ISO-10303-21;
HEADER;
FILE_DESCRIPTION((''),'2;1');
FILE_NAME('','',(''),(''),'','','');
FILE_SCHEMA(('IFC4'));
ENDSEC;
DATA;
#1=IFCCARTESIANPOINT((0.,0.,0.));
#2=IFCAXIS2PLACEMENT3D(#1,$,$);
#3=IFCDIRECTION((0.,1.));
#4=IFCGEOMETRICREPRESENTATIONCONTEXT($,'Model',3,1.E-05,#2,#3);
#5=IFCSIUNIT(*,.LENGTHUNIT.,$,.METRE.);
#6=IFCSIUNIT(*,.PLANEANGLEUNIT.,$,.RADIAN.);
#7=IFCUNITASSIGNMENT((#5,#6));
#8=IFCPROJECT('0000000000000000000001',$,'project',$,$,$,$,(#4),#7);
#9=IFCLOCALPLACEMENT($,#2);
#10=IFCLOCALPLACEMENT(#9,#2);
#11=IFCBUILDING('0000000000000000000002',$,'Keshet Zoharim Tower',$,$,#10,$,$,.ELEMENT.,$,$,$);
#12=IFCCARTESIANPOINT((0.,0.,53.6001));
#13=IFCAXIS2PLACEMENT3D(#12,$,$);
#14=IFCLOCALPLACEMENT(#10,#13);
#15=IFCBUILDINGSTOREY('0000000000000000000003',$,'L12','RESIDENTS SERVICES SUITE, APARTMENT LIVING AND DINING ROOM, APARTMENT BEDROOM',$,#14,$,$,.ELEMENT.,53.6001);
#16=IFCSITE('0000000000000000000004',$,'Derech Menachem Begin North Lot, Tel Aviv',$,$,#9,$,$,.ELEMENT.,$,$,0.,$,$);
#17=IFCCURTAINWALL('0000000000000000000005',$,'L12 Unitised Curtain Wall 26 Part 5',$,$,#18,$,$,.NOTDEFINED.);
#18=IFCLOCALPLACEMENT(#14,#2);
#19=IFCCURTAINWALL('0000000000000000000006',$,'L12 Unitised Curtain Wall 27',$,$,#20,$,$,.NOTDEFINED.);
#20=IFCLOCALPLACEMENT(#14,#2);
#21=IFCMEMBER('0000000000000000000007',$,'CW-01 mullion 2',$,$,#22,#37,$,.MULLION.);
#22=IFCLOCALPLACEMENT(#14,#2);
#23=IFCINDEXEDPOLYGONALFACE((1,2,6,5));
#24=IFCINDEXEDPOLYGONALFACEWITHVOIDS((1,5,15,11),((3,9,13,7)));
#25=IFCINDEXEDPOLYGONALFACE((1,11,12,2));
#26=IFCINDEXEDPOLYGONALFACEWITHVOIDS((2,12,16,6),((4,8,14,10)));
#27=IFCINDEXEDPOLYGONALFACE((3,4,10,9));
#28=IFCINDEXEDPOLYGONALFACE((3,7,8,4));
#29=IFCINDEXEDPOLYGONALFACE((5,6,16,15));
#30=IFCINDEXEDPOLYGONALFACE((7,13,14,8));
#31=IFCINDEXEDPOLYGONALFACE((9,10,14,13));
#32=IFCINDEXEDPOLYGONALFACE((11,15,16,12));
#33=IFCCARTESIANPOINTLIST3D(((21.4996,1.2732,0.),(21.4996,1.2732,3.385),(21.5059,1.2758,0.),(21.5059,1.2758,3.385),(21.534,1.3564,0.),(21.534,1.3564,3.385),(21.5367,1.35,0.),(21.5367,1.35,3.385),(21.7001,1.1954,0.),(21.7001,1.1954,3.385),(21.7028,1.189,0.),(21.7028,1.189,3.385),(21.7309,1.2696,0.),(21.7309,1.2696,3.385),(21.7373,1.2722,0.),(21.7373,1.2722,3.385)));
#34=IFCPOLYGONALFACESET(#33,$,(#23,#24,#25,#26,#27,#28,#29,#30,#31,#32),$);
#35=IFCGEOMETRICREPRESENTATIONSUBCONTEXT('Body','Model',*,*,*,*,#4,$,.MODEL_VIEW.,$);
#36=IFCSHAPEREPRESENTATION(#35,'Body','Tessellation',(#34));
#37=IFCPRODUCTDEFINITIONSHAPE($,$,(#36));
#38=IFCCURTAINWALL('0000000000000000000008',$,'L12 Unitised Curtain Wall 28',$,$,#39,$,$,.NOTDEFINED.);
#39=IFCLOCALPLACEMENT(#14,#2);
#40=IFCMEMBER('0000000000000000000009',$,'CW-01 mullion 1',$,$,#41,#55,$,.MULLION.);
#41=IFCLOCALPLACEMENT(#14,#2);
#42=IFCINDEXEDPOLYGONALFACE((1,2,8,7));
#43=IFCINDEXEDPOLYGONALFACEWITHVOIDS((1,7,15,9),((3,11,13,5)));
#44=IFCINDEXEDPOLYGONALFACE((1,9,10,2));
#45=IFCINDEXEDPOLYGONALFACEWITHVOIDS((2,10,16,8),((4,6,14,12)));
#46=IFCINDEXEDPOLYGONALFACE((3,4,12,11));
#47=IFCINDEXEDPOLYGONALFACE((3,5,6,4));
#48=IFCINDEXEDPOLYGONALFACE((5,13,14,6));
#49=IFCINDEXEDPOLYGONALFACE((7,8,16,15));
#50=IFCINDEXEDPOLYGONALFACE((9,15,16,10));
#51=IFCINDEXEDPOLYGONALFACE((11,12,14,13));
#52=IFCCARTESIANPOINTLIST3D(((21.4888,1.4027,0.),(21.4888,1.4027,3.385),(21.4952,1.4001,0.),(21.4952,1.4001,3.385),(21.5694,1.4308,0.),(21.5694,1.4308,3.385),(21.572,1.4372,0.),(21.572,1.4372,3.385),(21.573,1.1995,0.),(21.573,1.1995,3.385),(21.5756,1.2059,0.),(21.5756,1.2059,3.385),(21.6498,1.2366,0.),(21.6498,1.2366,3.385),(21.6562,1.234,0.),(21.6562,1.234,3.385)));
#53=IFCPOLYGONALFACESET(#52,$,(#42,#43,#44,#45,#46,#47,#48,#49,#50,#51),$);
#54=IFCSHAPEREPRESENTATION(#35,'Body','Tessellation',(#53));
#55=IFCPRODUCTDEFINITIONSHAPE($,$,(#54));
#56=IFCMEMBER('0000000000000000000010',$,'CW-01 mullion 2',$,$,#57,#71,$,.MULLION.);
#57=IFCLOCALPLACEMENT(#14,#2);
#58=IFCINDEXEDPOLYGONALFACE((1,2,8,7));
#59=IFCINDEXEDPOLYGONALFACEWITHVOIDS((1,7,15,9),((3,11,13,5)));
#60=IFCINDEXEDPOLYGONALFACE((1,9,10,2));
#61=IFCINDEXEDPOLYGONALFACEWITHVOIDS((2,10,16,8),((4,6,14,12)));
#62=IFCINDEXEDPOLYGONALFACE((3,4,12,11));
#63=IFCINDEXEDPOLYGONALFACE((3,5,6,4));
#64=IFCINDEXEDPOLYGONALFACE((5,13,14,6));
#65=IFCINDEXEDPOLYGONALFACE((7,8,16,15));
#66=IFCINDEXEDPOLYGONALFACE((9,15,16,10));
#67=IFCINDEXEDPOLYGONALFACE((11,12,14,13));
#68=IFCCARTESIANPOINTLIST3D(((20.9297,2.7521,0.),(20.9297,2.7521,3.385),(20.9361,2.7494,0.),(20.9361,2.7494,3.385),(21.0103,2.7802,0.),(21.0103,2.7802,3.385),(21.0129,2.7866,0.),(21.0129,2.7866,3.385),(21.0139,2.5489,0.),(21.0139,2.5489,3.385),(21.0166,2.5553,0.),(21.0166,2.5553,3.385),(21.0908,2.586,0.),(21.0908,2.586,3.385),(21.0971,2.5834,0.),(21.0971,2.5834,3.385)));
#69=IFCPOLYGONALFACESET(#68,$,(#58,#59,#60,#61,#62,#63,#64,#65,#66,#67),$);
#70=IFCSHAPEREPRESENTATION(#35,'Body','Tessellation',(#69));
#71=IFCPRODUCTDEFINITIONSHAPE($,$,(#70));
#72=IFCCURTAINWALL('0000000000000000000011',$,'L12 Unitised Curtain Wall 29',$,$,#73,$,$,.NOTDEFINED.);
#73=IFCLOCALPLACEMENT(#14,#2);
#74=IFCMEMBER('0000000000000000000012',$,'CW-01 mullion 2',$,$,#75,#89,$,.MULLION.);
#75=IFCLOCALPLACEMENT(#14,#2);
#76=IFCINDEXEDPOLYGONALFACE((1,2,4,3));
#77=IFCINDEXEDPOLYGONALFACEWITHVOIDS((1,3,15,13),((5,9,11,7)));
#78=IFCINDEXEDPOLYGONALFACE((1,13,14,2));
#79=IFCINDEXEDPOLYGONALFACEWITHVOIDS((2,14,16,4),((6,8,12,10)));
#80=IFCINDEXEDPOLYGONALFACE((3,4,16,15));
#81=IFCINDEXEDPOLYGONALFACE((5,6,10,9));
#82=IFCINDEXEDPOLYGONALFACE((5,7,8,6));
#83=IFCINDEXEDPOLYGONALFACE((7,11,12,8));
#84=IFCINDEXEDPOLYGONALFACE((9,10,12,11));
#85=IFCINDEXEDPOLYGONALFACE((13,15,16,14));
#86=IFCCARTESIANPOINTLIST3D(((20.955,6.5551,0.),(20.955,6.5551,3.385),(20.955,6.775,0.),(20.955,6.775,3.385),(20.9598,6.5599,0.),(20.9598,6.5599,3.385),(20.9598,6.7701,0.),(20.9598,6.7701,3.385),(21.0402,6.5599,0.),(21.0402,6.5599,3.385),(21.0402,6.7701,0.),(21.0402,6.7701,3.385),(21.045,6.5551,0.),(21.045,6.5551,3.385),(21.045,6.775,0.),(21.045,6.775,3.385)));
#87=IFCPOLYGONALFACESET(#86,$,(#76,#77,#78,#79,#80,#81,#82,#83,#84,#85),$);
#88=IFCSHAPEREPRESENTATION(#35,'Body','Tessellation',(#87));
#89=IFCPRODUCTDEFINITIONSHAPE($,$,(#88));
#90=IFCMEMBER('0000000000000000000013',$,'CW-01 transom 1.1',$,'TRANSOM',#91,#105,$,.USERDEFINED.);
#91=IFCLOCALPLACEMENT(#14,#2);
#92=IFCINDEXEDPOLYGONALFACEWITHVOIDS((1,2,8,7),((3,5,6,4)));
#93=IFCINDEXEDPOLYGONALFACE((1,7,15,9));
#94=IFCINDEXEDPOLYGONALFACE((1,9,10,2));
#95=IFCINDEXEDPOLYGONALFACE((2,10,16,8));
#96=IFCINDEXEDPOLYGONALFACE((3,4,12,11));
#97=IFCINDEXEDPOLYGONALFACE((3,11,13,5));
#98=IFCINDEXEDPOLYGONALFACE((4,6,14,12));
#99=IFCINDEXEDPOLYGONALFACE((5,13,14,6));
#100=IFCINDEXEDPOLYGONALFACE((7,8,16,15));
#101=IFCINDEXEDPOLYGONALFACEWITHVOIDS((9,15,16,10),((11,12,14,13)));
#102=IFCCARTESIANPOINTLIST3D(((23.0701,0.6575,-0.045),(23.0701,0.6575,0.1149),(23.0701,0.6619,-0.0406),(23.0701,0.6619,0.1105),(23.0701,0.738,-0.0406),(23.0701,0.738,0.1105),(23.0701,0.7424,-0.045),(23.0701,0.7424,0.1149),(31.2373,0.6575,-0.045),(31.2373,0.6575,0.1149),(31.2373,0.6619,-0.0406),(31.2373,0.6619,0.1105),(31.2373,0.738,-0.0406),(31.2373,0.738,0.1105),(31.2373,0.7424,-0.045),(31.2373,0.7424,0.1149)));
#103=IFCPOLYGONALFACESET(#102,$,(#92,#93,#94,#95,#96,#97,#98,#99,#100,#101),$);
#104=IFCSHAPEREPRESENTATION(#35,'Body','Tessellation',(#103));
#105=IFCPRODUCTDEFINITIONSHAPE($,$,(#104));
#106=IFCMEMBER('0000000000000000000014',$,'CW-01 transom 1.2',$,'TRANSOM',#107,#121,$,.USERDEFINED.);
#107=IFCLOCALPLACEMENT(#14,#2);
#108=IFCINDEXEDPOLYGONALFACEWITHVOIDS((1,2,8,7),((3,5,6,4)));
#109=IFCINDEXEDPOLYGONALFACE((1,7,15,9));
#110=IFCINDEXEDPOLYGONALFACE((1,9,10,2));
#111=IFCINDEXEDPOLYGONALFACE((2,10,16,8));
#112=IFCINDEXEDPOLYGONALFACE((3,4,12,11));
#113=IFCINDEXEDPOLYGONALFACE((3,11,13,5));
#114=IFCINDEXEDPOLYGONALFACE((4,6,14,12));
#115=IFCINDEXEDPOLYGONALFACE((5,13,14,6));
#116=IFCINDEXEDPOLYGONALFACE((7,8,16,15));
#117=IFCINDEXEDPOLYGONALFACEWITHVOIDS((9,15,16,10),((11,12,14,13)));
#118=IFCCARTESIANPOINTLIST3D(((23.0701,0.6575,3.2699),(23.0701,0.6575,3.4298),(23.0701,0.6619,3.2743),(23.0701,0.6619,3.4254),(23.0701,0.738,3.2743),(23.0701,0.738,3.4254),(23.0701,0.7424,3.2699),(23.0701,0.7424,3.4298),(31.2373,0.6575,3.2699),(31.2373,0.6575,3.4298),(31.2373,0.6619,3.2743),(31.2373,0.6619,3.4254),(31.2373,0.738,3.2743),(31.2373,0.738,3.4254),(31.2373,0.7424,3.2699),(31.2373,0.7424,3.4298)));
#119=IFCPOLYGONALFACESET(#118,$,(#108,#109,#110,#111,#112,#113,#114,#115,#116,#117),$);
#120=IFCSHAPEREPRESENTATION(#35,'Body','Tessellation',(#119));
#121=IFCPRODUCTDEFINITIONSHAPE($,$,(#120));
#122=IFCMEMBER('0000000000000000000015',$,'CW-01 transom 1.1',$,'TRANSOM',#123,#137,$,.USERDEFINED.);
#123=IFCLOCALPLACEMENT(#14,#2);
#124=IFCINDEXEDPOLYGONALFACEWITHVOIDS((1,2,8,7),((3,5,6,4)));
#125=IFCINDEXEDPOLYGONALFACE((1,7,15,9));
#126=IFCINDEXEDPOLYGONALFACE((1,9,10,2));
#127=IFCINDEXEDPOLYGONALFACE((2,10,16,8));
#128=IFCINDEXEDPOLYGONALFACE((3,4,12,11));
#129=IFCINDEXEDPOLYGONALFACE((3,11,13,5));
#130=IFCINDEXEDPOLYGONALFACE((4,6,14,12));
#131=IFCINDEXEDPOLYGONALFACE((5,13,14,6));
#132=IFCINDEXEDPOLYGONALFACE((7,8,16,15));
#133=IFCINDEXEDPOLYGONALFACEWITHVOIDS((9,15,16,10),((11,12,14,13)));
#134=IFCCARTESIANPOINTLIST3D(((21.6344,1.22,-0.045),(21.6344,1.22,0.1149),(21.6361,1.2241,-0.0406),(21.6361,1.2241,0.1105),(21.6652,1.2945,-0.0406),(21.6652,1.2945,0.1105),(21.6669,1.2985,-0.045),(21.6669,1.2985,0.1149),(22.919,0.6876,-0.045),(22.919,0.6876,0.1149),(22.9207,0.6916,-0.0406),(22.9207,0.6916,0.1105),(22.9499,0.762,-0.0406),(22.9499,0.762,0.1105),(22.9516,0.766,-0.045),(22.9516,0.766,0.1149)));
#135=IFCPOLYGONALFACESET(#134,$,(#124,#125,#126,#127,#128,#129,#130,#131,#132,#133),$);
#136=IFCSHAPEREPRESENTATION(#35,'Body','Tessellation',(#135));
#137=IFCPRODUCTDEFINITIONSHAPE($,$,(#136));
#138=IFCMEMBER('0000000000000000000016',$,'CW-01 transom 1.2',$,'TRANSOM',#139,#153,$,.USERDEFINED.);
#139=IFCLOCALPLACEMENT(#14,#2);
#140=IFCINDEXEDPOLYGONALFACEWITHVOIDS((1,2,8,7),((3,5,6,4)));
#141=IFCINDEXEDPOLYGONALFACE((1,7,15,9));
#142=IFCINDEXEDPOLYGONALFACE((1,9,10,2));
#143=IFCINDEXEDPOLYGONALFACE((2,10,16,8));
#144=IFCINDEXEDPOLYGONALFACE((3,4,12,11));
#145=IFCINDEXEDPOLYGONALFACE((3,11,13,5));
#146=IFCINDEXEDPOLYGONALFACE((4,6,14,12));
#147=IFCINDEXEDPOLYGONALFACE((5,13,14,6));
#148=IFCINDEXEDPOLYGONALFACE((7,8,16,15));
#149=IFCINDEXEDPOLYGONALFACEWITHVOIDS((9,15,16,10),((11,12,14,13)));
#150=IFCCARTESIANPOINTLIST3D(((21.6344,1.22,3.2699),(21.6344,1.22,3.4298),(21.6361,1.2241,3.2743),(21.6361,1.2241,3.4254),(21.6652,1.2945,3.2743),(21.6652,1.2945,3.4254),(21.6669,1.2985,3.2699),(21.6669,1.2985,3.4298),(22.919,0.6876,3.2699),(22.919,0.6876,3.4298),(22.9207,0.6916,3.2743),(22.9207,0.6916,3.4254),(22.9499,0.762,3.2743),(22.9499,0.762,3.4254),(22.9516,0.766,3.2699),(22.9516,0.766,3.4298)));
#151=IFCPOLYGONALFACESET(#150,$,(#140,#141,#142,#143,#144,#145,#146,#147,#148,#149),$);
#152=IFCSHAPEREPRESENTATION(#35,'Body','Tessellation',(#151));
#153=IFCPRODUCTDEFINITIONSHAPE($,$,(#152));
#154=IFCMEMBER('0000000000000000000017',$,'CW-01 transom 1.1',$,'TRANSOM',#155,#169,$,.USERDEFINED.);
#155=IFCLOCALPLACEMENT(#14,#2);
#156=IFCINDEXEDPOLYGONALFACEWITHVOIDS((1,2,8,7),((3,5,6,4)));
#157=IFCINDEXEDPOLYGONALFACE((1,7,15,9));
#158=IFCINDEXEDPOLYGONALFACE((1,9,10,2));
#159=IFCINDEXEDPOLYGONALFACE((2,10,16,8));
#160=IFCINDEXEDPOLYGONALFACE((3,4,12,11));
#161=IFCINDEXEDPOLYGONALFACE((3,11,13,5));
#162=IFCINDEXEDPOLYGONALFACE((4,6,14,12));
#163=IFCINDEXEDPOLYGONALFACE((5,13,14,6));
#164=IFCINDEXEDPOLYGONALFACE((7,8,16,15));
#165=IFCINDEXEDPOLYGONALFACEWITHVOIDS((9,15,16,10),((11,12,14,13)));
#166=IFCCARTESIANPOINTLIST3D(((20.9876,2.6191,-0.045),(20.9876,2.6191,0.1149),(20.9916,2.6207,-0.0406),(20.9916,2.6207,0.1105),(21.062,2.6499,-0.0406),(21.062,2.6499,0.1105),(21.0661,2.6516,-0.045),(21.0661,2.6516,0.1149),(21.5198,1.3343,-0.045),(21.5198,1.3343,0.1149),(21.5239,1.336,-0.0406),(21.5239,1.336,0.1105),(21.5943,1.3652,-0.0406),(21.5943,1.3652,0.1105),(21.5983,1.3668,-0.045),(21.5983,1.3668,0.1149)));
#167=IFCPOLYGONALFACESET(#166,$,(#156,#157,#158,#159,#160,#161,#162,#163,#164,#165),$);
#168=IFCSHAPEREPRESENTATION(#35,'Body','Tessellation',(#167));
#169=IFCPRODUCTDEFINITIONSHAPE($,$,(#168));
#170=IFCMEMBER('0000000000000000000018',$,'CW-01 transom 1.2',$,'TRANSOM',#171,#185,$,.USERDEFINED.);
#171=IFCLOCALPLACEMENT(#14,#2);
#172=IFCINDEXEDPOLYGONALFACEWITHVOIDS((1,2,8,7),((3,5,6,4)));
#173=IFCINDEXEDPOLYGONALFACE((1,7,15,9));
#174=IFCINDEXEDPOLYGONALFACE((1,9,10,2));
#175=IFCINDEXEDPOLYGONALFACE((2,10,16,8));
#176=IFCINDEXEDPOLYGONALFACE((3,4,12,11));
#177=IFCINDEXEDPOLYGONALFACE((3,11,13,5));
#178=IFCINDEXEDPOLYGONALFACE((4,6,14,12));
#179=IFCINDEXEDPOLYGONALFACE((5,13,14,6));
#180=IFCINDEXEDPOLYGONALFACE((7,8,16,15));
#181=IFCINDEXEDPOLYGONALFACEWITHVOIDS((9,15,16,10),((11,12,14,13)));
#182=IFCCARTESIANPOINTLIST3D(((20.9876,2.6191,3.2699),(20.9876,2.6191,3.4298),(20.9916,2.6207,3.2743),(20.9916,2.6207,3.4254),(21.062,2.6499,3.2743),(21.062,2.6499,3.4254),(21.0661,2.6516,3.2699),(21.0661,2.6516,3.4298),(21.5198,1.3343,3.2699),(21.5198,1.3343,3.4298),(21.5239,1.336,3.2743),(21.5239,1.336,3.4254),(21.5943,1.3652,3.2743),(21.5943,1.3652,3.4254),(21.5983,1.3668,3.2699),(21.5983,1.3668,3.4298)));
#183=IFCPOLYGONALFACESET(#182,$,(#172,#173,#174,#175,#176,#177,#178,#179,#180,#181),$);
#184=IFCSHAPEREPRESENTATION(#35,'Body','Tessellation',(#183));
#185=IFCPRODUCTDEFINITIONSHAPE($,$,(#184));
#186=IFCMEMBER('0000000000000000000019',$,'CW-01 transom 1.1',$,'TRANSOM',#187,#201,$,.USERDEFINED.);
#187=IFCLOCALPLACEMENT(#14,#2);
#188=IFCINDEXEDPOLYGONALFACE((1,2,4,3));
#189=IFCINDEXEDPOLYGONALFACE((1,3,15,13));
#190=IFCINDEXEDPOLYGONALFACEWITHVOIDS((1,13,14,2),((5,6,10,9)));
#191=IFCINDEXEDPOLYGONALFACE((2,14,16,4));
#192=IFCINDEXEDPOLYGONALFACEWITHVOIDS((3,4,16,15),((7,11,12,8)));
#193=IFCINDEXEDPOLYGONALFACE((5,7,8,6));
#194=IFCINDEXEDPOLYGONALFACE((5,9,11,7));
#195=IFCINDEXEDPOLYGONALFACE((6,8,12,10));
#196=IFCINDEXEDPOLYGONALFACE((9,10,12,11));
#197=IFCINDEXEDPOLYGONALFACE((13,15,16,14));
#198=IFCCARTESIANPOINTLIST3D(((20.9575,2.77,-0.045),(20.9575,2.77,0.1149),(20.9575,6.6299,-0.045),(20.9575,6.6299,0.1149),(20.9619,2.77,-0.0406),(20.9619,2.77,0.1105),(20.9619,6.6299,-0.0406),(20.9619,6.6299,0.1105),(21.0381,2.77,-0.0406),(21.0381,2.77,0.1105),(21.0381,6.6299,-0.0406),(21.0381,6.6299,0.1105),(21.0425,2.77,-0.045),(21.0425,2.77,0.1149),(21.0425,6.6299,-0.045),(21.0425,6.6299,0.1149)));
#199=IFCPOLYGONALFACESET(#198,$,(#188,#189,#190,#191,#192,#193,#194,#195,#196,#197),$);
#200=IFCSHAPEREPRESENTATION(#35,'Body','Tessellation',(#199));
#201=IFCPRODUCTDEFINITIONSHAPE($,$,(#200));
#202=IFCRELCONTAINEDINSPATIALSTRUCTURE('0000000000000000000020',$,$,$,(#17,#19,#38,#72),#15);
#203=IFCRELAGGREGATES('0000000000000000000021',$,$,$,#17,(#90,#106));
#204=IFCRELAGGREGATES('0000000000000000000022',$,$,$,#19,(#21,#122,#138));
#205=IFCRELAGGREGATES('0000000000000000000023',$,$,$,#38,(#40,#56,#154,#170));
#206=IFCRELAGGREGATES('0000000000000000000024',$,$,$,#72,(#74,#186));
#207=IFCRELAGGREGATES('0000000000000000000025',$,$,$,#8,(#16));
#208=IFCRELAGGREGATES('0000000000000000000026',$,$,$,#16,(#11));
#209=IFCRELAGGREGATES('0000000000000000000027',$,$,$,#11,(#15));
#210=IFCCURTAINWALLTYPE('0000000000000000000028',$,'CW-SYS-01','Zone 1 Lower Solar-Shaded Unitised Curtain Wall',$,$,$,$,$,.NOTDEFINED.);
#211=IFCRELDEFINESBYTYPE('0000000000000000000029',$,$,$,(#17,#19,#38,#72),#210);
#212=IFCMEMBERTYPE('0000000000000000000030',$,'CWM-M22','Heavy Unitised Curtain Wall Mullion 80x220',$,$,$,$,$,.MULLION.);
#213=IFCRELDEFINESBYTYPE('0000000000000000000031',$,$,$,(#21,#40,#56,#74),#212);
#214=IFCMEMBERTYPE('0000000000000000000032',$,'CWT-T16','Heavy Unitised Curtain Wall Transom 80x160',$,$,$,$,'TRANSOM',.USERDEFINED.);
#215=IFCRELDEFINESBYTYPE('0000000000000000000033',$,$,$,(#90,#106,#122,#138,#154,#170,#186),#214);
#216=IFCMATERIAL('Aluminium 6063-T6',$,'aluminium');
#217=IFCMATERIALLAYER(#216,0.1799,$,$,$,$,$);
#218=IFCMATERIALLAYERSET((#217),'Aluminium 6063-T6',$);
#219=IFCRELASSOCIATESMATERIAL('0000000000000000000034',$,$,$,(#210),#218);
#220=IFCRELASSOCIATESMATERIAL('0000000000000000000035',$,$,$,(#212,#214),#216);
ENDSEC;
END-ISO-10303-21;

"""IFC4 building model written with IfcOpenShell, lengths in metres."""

from ifc_helpers import new_model, si_unit, direction, frame, origin, origin_2d, place, context, subcontext, project, spatial, hollow_rectangle, extrude, material, layer, layer_set, material_profile, profile_set, type_object, element, aggregate, save


model = new_model("IFC4")

# Units and contexts
model_context = context("Model", 3, precision=1e-05, world=origin(), true_north=direction((0.0, 1.0)))
body_context = subcontext(model_context, "Body", "Model", "MODEL_VIEW")
ifc_project = project(units=[si_unit("LENGTHUNIT", "METRE"), si_unit("PLANEANGLEUNIT", "RADIAN")], contexts=[model_context])

# Site, building, storey
site_placement = place(None, origin())
site = spatial("IfcSite", under=ifc_project, at=site_placement, Name="Derech Menachem Begin North Lot, Tel Aviv", CompositionType="ELEMENT", RefElevation=0.0)
building_placement = place(site_placement, origin())
building = spatial("IfcBuilding", under=site, at=building_placement, Name="Keshet Zoharim Tower", CompositionType="ELEMENT")
storey_placement = place(building_placement, frame((0.0, 0.0, 53.6001)))
storey = spatial("IfcBuildingStorey", under=building, at=storey_placement, Name="L12", Description="RESIDENTS SERVICES SUITE, APARTMENT LIVING AND DINING ROOM, APARTMENT BEDROOM", CompositionType="ELEMENT", Elevation=53.6001)

# Curtain wall
ifc_material_1 = material(Name="Aluminium 6063-T6", Category="aluminium")
ifc_layer_1 = layer(ifc_material_1, 0.1799)
ifc_layer_set_1 = layer_set([ifc_layer_1], Name="Aluminium 6063-T6")
curtain_wall_type = type_object("IfcCurtainWallType", Name="CW-SYS-01", Description="Zone 1 Lower Solar-Shaded Unitised Curtain Wall", PredefinedType="NOTDEFINED", material=ifc_layer_set_1)
ifc_material_profile_1 = material_profile(ifc_material_1, hollow_rectangle(XDim=0.0901, YDim=0.22, WallThickness=0.0049, at=origin_2d()), Name="MUL-90x220")
ifc_profile_set_1 = profile_set([ifc_material_profile_1], Name="Aluminium 6063-T6")
member_type_1 = type_object("IfcMemberType", Name="CWM-M22", Description="Heavy Unitised Curtain Wall Mullion 80x220", PredefinedType="MULLION", material=ifc_profile_set_1)
curtain_wall_1_placement = place(storey_placement, origin())
curtain_wall_1 = element("IfcCurtainWall", 1, at=curtain_wall_1_placement, inside=storey, type_object=curtain_wall_type, Name="L12 Unitised Curtain Wall 26 Part 5", PredefinedType="NOTDEFINED")

# Curtain walls, members
curtain_wall_2_placement = place(storey_placement, origin())
curtain_wall_2 = element("IfcCurtainWall", 2, at=curtain_wall_2_placement, inside=storey, type_object=curtain_wall_type, Name="L12 Unitised Curtain Wall 27", PredefinedType="NOTDEFINED")
member_1_placement = place(storey_placement, frame((21.6184, 1.2727, 0.0), z_axis=(0.0, 0.0, 1.0), x_axis=(-0.382852, -0.92381, 0.0)))
member_1 = element("IfcMember", 3, at=member_1_placement, type_object=member_type_1, Name="CW-01 mullion 2", PredefinedType="MULLION", context=body_context, shape_type="SweptSolid", body=[
    extrude(hollow_rectangle(XDim=0.0901, YDim=0.22, WallThickness=0.0049, at=origin_2d()), origin(), (0.0, 0.0, 1.0), 3.385),
])
curtain_wall_3_placement = place(storey_placement, origin())
curtain_wall_3 = element("IfcCurtainWall", 4, at=curtain_wall_3_placement, inside=storey, type_object=curtain_wall_type, Name="L12 Unitised Curtain Wall 28", PredefinedType="NOTDEFINED")
member_2_placement = place(storey_placement, frame((21.5725, 1.3184, 0.0), z_axis=(0.0, 0.0, 1.0), x_axis=(-0.92381, -0.382852, 0.0)))
member_2 = element("IfcMember", 5, at=member_2_placement, type_object=member_type_1, Name="CW-01 mullion 1", PredefinedType="MULLION", context=body_context, shape_type="SweptSolid", body=[
    extrude(hollow_rectangle(XDim=0.0901, YDim=0.22, WallThickness=0.0049, at=origin_2d()), origin(), (0.0, 0.0, 1.0), 3.385),
])
member_3_placement = place(storey_placement, frame((21.0134, 2.6677, 0.0), z_axis=(0.0, 0.0, 1.0), x_axis=(-0.92381, -0.382852, 0.0)))
member_3 = element("IfcMember", 6, at=member_3_placement, type_object=member_type_1, Name="CW-01 mullion 2", PredefinedType="MULLION", context=body_context, shape_type="SweptSolid", body=[
    extrude(hollow_rectangle(XDim=0.0901, YDim=0.22, WallThickness=0.0049, at=origin_2d()), origin(), (0.0, 0.0, 1.0), 3.385),
])

# Curtain wall, member
curtain_wall_4_placement = place(storey_placement, origin())
curtain_wall_4 = element("IfcCurtainWall", 7, at=curtain_wall_4_placement, inside=storey, type_object=curtain_wall_type, Name="L12 Unitised Curtain Wall 29", PredefinedType="NOTDEFINED")
member_4_placement = place(storey_placement, frame((21.0, 6.665, 0.0), z_axis=(0.0, 0.0, 1.0), x_axis=(-1.0, 0.0, 0.0)))
member_4 = element("IfcMember", 8, at=member_4_placement, type_object=member_type_1, Name="CW-01 mullion 2", PredefinedType="MULLION", context=body_context, shape_type="SweptSolid", body=[
    extrude(hollow_rectangle(XDim=0.0901, YDim=0.22, WallThickness=0.0049, at=origin_2d()), origin(), (0.0, 0.0, 1.0), 3.385),
])

# Members
ifc_material_profile_2 = material_profile(ifc_material_1, hollow_rectangle(XDim=0.085, YDim=0.1599, WallThickness=0.0044, at=origin_2d()), Name="TRN-85x160")
ifc_profile_set_2 = profile_set([ifc_material_profile_2], Name="Aluminium 6063-T6")
member_type_2 = type_object("IfcMemberType", Name="CWT-T16", Description="Heavy Unitised Curtain Wall Transom 80x160", ElementType="TRANSOM", PredefinedType="USERDEFINED", material=ifc_profile_set_2)
member_5_placement = place(storey_placement, frame((31.2373, 0.7, 0.0349), z_axis=(-1.0, 0.0, 0.0), x_axis=(0.0, -1.0, 0.0)))
member_5 = element("IfcMember", 9, at=member_5_placement, type_object=member_type_2, Name="CW-01 transom 1.1", ObjectType="TRANSOM", PredefinedType="USERDEFINED", context=body_context, shape_type="SweptSolid", body=[
    extrude(hollow_rectangle(XDim=0.085, YDim=0.1599, WallThickness=0.0044, at=origin_2d()), origin(), (0.0, 0.0, 1.0), 8.1672),
])
member_6_placement = place(storey_placement, frame((31.2373, 0.7, 3.3499), z_axis=(-1.0, 0.0, 0.0), x_axis=(0.0, -1.0, 0.0)))
member_6 = element("IfcMember", 10, at=member_6_placement, type_object=member_type_2, Name="CW-01 transom 1.2", ObjectType="TRANSOM", PredefinedType="USERDEFINED", context=body_context, shape_type="SweptSolid", body=[
    extrude(hollow_rectangle(XDim=0.085, YDim=0.1599, WallThickness=0.0044, at=origin_2d()), origin(), (0.0, 0.0, 1.0), 8.1672),
])
member_7_placement = place(storey_placement, frame((22.9353, 0.7268, 0.0349), z_axis=(-0.923792, 0.382894, 0.0), x_axis=(-0.382894, -0.923792, 0.0)))
member_7 = element("IfcMember", 11, at=member_7_placement, type_object=member_type_2, Name="CW-01 transom 1.1", ObjectType="TRANSOM", PredefinedType="USERDEFINED", context=body_context, shape_type="SweptSolid", body=[
    extrude(hollow_rectangle(XDim=0.085, YDim=0.1599, WallThickness=0.0044, at=origin_2d()), origin(), (0.0, 0.0, 1.0), 1.3906),
])
member_8_placement = place(storey_placement, frame((22.9353, 0.7268, 3.3499), z_axis=(-0.923792, 0.382894, 0.0), x_axis=(-0.382894, -0.923792, 0.0)))
member_8 = element("IfcMember", 12, at=member_8_placement, type_object=member_type_2, Name="CW-01 transom 1.2", ObjectType="TRANSOM", PredefinedType="USERDEFINED", context=body_context, shape_type="SweptSolid", body=[
    extrude(hollow_rectangle(XDim=0.085, YDim=0.1599, WallThickness=0.0044, at=origin_2d()), origin(), (0.0, 0.0, 1.0), 1.3906),
])
member_9_placement = place(storey_placement, frame((21.5591, 1.3506, 0.0349), z_axis=(-0.382745, 0.923854, 0.0), x_axis=(-0.923854, -0.382745, 0.0)))
member_9 = element("IfcMember", 13, at=member_9_placement, type_object=member_type_2, Name="CW-01 transom 1.1", ObjectType="TRANSOM", PredefinedType="USERDEFINED", context=body_context, shape_type="SweptSolid", body=[
    extrude(hollow_rectangle(XDim=0.085, YDim=0.1599, WallThickness=0.0044, at=origin_2d()), origin(), (0.0, 0.0, 1.0), 1.3906),
])
member_10_placement = place(storey_placement, frame((21.5591, 1.3506, 3.3499), z_axis=(-0.382745, 0.923854, 0.0), x_axis=(-0.923854, -0.382745, 0.0)))
member_10 = element("IfcMember", 14, at=member_10_placement, type_object=member_type_2, Name="CW-01 transom 1.2", ObjectType="TRANSOM", PredefinedType="USERDEFINED", context=body_context, shape_type="SweptSolid", body=[
    extrude(hollow_rectangle(XDim=0.085, YDim=0.1599, WallThickness=0.0044, at=origin_2d()), origin(), (0.0, 0.0, 1.0), 1.3906),
])
member_11_placement = place(storey_placement, frame((21.0, 2.77, 0.0349), z_axis=(0.0, 1.0, 0.0), x_axis=(-1.0, 0.0, 0.0)))
member_11 = element("IfcMember", 15, at=member_11_placement, type_object=member_type_2, Name="CW-01 transom 1.1", ObjectType="TRANSOM", PredefinedType="USERDEFINED", context=body_context, shape_type="SweptSolid", body=[
    extrude(hollow_rectangle(XDim=0.085, YDim=0.1599, WallThickness=0.0044, at=origin_2d()), origin(), (0.0, 0.0, 1.0), 3.8599),
])

aggregate(curtain_wall_1, [member_5, member_6])
aggregate(curtain_wall_2, [member_1, member_7, member_8])
aggregate(curtain_wall_3, [member_2, member_3, member_9, member_10])
aggregate(curtain_wall_4, [member_4, member_11])

save(model, "model.ifc")
